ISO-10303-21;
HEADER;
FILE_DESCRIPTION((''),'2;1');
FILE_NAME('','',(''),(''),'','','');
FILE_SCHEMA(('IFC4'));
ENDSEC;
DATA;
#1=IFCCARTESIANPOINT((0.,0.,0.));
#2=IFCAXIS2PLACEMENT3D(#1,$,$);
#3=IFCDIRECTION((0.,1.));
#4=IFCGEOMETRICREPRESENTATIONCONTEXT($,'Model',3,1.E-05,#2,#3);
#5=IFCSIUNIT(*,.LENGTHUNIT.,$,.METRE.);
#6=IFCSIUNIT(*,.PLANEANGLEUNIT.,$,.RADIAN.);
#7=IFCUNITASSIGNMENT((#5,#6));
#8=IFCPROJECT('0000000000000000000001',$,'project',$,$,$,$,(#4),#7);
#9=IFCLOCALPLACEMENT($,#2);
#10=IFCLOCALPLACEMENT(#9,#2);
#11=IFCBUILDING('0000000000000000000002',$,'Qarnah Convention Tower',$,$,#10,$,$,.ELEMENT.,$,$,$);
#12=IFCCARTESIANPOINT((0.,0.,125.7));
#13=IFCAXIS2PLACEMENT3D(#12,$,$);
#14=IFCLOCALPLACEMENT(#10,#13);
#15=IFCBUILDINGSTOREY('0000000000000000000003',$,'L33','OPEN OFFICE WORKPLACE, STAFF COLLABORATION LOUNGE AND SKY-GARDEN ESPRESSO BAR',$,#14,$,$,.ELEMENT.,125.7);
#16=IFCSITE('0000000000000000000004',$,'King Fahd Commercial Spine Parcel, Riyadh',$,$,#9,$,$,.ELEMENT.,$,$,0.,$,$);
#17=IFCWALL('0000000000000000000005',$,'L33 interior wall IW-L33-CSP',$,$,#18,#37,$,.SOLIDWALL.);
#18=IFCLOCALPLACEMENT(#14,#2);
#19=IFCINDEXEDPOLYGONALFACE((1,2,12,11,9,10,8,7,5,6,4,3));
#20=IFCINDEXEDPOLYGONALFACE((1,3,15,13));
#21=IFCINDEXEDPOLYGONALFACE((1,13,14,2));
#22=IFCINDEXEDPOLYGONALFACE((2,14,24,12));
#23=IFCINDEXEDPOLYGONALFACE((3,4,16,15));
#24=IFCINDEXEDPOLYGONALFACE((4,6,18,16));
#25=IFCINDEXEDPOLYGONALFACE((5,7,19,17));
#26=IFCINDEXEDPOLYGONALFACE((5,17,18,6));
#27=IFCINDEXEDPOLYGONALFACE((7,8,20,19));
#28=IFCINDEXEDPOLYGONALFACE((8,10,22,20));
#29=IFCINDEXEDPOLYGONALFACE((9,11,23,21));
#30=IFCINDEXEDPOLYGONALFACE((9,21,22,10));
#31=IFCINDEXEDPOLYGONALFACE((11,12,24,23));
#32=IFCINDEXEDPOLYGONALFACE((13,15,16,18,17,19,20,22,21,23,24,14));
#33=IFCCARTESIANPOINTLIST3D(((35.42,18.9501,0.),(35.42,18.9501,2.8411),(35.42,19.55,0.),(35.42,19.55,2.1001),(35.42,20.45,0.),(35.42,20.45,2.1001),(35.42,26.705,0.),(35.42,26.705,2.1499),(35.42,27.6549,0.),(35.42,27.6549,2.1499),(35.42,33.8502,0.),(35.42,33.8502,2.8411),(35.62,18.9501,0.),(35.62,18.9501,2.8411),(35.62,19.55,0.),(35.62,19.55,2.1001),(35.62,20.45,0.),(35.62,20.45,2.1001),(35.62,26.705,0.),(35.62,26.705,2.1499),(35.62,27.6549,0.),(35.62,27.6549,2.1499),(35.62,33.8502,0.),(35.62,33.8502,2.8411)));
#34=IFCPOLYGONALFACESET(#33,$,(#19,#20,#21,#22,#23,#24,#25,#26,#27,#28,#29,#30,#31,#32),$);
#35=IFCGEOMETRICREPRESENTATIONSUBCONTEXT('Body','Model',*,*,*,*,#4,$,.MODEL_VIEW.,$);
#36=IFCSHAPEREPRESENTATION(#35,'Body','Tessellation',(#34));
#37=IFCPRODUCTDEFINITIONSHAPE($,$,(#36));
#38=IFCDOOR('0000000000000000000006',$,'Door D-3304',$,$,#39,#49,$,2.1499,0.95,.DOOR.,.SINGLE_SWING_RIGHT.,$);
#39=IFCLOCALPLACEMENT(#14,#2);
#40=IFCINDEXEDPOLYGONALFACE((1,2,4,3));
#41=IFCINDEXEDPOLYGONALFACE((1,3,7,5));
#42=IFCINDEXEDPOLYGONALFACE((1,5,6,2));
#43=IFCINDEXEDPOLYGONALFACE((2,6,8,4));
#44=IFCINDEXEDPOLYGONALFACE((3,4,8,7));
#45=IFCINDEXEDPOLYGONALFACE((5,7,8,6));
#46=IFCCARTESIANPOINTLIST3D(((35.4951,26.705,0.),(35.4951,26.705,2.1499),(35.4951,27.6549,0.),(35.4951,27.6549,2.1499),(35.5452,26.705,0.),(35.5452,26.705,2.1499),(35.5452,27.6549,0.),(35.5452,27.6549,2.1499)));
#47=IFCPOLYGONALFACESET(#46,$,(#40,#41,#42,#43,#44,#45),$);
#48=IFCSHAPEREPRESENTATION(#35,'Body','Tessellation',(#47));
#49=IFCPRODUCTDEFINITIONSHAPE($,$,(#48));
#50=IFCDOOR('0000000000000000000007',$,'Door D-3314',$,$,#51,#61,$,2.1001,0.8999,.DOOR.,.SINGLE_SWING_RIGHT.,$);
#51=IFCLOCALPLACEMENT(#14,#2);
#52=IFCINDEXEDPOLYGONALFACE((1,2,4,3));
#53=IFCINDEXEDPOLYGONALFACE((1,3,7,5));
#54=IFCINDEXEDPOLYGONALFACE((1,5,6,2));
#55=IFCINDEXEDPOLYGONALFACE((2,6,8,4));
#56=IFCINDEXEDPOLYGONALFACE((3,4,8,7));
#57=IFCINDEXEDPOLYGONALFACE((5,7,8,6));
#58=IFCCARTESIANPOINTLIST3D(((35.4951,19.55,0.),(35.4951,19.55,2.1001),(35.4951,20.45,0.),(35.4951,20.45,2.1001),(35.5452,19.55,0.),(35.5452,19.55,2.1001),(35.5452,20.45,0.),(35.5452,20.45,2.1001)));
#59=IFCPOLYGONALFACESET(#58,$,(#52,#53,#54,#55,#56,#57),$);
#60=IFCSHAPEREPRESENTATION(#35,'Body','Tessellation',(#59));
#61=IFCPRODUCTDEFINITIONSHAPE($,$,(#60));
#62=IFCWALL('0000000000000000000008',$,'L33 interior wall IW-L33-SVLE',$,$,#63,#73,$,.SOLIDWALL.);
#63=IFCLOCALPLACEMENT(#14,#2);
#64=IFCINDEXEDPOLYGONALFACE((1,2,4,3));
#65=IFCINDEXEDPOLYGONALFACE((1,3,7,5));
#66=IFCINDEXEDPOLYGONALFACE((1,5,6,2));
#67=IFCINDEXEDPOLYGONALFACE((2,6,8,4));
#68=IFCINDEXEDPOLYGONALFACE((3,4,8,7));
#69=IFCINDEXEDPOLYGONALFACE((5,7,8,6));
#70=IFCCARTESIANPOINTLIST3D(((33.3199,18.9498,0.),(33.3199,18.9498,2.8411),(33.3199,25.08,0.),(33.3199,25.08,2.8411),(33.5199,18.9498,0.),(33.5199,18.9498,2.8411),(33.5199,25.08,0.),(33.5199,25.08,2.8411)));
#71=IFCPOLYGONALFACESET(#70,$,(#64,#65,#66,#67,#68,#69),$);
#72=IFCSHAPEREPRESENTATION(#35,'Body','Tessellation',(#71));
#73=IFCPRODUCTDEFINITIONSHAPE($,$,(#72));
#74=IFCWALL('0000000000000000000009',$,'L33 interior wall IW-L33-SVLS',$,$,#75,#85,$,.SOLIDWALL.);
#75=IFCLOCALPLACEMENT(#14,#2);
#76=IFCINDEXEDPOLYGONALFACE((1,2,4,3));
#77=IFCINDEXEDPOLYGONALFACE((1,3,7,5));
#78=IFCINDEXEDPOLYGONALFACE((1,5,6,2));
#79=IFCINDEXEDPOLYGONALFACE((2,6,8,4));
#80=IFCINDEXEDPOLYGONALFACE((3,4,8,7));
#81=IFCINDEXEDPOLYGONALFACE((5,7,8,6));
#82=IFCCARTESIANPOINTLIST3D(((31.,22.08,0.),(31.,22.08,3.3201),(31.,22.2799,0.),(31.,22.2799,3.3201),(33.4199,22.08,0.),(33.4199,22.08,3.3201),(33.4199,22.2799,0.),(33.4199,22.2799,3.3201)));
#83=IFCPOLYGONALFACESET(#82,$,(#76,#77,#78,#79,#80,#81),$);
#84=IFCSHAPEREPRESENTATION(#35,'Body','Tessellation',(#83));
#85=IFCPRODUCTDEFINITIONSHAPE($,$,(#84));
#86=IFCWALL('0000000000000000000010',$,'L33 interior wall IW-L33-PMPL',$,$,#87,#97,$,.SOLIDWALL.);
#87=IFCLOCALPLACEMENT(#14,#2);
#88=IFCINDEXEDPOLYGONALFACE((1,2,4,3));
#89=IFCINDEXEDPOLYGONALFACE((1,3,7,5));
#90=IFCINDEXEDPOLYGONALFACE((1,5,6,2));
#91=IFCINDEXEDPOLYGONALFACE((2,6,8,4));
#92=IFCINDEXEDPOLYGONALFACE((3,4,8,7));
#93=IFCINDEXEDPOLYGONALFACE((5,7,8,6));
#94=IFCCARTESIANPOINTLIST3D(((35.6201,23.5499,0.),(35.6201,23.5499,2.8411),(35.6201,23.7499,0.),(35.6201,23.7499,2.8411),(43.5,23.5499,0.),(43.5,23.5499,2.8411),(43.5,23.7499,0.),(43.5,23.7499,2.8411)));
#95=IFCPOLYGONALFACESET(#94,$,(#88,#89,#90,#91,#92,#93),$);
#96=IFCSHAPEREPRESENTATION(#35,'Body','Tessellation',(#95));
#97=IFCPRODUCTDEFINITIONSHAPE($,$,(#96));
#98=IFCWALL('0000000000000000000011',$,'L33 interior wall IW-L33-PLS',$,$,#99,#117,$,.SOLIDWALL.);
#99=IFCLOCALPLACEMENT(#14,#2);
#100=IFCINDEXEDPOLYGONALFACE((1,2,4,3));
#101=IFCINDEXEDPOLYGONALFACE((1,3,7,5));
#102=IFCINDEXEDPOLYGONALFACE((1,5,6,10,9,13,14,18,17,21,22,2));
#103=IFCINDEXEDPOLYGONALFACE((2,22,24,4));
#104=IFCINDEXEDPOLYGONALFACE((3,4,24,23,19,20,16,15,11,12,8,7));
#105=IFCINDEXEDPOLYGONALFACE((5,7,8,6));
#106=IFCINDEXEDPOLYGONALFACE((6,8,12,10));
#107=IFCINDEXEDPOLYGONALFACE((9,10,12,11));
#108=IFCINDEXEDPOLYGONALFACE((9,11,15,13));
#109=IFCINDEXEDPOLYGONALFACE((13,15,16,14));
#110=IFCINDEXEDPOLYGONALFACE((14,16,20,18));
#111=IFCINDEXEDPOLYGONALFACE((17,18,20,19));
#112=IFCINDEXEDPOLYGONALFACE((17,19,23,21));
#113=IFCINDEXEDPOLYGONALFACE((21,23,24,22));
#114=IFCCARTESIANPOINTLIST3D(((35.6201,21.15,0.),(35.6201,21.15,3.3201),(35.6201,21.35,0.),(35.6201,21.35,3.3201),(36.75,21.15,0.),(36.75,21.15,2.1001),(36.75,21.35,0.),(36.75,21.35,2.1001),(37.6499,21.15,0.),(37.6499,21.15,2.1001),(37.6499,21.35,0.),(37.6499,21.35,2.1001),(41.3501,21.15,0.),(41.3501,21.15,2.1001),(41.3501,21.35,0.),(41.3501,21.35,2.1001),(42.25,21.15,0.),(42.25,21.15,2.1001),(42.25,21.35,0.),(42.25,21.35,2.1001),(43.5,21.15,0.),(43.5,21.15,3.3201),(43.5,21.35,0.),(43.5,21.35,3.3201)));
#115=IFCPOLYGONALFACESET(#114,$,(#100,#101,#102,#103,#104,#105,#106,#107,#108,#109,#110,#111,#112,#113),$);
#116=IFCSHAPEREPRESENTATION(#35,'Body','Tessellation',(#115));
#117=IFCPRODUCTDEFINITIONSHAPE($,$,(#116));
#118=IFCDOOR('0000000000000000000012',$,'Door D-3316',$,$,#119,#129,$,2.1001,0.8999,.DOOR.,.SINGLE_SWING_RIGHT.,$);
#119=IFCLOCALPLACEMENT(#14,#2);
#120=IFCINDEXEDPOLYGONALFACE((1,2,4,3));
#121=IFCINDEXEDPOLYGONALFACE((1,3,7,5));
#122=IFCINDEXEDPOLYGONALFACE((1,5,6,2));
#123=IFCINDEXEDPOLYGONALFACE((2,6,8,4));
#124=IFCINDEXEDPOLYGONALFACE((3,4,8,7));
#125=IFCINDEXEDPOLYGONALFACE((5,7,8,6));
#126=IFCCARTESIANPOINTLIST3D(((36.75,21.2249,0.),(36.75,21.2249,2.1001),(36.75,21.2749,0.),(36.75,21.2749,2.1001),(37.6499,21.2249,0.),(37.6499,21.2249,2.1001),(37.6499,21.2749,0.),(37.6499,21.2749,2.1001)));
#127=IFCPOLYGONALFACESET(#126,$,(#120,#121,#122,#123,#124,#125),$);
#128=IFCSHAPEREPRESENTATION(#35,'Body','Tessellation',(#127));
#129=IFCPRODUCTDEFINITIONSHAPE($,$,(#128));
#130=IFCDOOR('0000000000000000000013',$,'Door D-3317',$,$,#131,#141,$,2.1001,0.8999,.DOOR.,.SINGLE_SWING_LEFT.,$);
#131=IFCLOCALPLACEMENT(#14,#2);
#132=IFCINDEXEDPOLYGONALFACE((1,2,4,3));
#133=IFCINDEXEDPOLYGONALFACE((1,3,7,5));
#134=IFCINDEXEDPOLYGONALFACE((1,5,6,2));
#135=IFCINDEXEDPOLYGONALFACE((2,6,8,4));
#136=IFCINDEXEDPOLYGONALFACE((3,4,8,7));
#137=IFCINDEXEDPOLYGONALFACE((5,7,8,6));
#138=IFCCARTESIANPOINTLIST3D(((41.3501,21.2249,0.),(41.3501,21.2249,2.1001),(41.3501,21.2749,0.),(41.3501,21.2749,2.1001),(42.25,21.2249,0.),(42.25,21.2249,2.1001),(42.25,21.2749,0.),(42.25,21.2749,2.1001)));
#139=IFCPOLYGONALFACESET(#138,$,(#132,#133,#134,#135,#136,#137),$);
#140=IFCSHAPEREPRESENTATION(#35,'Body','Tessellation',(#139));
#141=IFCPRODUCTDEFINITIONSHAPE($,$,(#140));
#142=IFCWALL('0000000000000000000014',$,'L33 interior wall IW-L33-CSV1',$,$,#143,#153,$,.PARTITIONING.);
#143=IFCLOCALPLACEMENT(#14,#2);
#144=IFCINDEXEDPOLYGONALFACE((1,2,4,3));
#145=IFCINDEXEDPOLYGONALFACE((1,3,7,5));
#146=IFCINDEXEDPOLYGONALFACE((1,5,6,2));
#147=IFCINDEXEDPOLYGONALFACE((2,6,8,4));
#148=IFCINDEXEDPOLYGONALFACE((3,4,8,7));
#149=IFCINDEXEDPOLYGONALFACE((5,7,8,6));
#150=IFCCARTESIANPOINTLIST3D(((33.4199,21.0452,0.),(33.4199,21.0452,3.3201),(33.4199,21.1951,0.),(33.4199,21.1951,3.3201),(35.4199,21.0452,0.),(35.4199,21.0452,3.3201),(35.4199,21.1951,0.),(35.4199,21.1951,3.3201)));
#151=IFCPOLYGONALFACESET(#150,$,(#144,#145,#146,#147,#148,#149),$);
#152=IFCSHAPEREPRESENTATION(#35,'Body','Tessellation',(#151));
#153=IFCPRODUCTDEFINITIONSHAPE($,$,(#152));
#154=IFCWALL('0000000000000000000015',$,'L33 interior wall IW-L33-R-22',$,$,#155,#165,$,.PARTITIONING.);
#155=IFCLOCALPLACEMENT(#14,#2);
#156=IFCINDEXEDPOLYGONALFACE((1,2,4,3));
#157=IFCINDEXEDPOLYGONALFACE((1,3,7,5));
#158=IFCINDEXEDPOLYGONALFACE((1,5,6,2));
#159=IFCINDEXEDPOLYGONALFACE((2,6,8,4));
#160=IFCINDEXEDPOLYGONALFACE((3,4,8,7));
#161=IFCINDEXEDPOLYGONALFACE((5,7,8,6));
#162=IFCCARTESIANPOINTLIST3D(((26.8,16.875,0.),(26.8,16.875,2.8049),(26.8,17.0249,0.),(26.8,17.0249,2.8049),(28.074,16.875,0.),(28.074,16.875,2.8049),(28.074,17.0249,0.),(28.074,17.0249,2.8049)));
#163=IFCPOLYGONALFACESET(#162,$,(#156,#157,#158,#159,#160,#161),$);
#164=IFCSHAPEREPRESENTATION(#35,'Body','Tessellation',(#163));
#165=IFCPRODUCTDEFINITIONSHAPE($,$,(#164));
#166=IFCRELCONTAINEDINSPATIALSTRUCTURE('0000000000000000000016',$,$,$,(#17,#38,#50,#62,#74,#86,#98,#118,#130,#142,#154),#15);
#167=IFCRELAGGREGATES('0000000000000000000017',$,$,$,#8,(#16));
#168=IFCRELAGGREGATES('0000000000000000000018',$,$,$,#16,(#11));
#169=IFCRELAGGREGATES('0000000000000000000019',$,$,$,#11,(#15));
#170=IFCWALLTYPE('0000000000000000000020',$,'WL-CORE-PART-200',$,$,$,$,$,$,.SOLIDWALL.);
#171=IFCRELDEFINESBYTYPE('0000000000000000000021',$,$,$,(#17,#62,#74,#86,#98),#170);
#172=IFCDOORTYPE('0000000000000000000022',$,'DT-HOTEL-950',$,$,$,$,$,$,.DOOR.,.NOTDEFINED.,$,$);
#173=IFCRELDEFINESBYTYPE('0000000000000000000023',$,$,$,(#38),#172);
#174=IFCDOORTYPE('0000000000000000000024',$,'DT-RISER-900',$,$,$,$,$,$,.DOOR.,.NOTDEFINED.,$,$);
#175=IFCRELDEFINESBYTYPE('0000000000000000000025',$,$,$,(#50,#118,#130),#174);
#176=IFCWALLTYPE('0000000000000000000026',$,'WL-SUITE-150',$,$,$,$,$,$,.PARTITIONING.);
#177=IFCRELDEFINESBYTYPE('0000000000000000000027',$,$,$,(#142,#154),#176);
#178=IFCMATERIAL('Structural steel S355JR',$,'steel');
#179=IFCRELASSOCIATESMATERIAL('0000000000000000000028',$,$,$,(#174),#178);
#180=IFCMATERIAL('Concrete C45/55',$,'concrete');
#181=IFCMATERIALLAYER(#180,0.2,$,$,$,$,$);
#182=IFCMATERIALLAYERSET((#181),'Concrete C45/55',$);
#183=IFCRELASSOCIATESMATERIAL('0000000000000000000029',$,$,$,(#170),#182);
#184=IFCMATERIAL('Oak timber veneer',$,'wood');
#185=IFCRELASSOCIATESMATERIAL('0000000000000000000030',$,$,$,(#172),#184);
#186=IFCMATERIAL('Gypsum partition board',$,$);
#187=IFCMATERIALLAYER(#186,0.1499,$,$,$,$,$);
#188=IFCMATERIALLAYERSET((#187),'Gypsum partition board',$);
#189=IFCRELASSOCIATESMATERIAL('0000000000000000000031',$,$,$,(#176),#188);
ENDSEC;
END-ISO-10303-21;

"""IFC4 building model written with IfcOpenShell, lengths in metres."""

from ifc_helpers import new_model, si_unit, direction, frame, frame_2d, origin, place, context, subcontext, project, spatial, rectangle, extrude, material, layer, layer_set, type_object, element, fill, save


model = new_model("IFC4")

# Units and contexts
model_context = context("Model", 3, precision=1e-05, world=origin(), true_north=direction((0.0, 1.0)))
body_context = subcontext(model_context, "Body", "Model", "MODEL_VIEW")
ifc_project = project(units=[si_unit("LENGTHUNIT", "METRE"), si_unit("PLANEANGLEUNIT", "RADIAN")], contexts=[model_context])

# Site, building, storey
site_placement = place(None, origin())
site = spatial("IfcSite", under=ifc_project, at=site_placement, Name="King Fahd Commercial Spine Parcel, Riyadh", CompositionType="ELEMENT", RefElevation=0.0)
building_placement = place(site_placement, origin())
building = spatial("IfcBuilding", under=site, at=building_placement, Name="Qarnah Convention Tower", CompositionType="ELEMENT")
storey_placement = place(building_placement, frame((0.0, 0.0, 125.7)))
storey = spatial("IfcBuildingStorey", under=building, at=storey_placement, Name="L33", Description="OPEN OFFICE WORKPLACE, STAFF COLLABORATION LOUNGE AND SKY-GARDEN ESPRESSO BAR", CompositionType="ELEMENT", Elevation=125.7)

# Shared definitions
ifc_material_1 = material(Name="Structural steel S355JR", Category="steel")

# Wall, openings, doors
door_type_1 = type_object("IfcDoorType", Name="DT-RISER-900", OperationType="NOTDEFINED", PredefinedType="DOOR", material=ifc_material_1)
ifc_material_2 = material(Name="Concrete C45/55", Category="concrete")
ifc_layer_1 = layer(ifc_material_2, 0.2)
ifc_layer_set_1 = layer_set([ifc_layer_1], Name="Concrete C45/55")
wall_type_1 = type_object("IfcWallType", Name="WL-CORE-PART-200", PredefinedType="SOLIDWALL", material=ifc_layer_set_1)
wall_1_placement = place(storey_placement, frame((35.52, 18.95, 0.0), z_axis=(0.0, 0.0, 1.0), x_axis=(0.0, 1.0, 0.0)))
wall_1 = element("IfcWall", 1, at=wall_1_placement, inside=storey, type_object=wall_type_1, Name="L33 interior wall IW-L33-CSP", PredefinedType="SOLIDWALL", context=body_context, shape_type="SweptSolid", body=[
    extrude(rectangle(XDim=14.9001, YDim=0.2, at=frame_2d((7.4502, 0.0))), origin(), (0.0, 0.0, 1.0), 2.8411),
])
opening_1_placement = place(wall_1_placement, frame((7.7549, 0.0, 0.0)))
opening_1 = element("IfcOpeningElement", 2, at=opening_1_placement, cuts=wall_1, PredefinedType="OPENING", context=body_context, shape_type="SweptSolid", body=[
    extrude(rectangle(XDim=0.95, YDim=2.1499, at=frame_2d((0.4751, 1.075))), frame((0.0, 0.1099, 0.0), z_axis=(0.0, -1.0, 0.0), x_axis=(1.0, 0.0, 0.0)), (0.0, 0.0, 1.0), 0.22),
])
opening_2_placement = place(wall_1_placement, frame((0.6001, 0.0, 0.0)))
opening_2 = element("IfcOpeningElement", 3, at=opening_2_placement, cuts=wall_1, PredefinedType="OPENING", context=body_context, shape_type="SweptSolid", body=[
    extrude(rectangle(XDim=0.8999, YDim=2.1001, at=frame_2d((0.45, 1.05))), frame((0.0, 0.1099, 0.0), z_axis=(0.0, -1.0, 0.0), x_axis=(1.0, 0.0, 0.0)), (0.0, 0.0, 1.0), 0.22),
])
ifc_material_3 = material(Name="Oak timber veneer", Category="wood")
door_type_2 = type_object("IfcDoorType", Name="DT-HOTEL-950", OperationType="NOTDEFINED", PredefinedType="DOOR", material=ifc_material_3)
door_1_placement = place(opening_1_placement, origin())
door_1 = element("IfcDoor", 4, at=door_1_placement, inside=storey, type_object=door_type_2, Name="Door D-3304", OperationType="SINGLE_SWING_RIGHT", OverallHeight=2.1499, OverallWidth=0.95, PredefinedType="DOOR", context=body_context, shape_type="SweptSolid", body=[
    extrude(rectangle(XDim=0.95, YDim=2.1499, at=frame_2d((0.4751, 1.075))), frame((0.0, 0.0249, 0.0), z_axis=(0.0, -1.0, 0.0), x_axis=(1.0, 0.0, 0.0)), (0.0, 0.0, 1.0), 0.05),
])
fill(opening_1, door_1)
door_2_placement = place(opening_2_placement, origin())
door_2 = element("IfcDoor", 5, at=door_2_placement, inside=storey, type_object=door_type_1, Name="Door D-3314", OperationType="SINGLE_SWING_RIGHT", OverallHeight=2.1001, OverallWidth=0.8999, PredefinedType="DOOR", context=body_context, shape_type="SweptSolid", body=[
    extrude(rectangle(XDim=0.8999, YDim=2.1001, at=frame_2d((0.45, 1.05))), frame((0.0, 0.0249, 0.0), z_axis=(0.0, -1.0, 0.0), x_axis=(1.0, 0.0, 0.0)), (0.0, 0.0, 1.0), 0.05),
])
fill(opening_2, door_2)

# Walls
wall_2_placement = place(storey_placement, frame((33.4199, 18.95, 0.0), z_axis=(0.0, 0.0, 1.0), x_axis=(0.0, 1.0, 0.0)))
element("IfcWall", 6, at=wall_2_placement, inside=storey, type_object=wall_type_1, Name="L33 interior wall IW-L33-SVLE", PredefinedType="SOLIDWALL", context=body_context, shape_type="SweptSolid", body=[
    extrude(rectangle(XDim=6.1301, YDim=0.2, at=frame_2d((3.0649, 0.0))), origin(), (0.0, 0.0, 1.0), 2.8411),
])
wall_3_placement = place(storey_placement, frame((31.0, 22.1799, 0.0), z_axis=(0.0, 0.0, 1.0), x_axis=(1.0, 0.0, 0.0)))
element("IfcWall", 7, at=wall_3_placement, inside=storey, type_object=wall_type_1, Name="L33 interior wall IW-L33-SVLS", PredefinedType="SOLIDWALL", context=body_context, shape_type="SweptSolid", body=[
    extrude(rectangle(XDim=2.4199, YDim=0.2, at=frame_2d((1.21, 0.0))), origin(), (0.0, 0.0, 1.0), 3.3201),
])
wall_4_placement = place(storey_placement, frame((35.6201, 23.6499, 0.0), z_axis=(0.0, 0.0, 1.0), x_axis=(1.0, 0.0, 0.0)))
element("IfcWall", 8, at=wall_4_placement, inside=storey, type_object=wall_type_1, Name="L33 interior wall IW-L33-PMPL", PredefinedType="SOLIDWALL", context=body_context, shape_type="SweptSolid", body=[
    extrude(rectangle(XDim=7.8799, YDim=0.2, at=frame_2d((3.9399, 0.0))), origin(), (0.0, 0.0, 1.0), 2.8411),
])

# Wall, openings, doors
wall_5_placement = place(storey_placement, frame((35.6201, 21.25, 0.0), z_axis=(0.0, 0.0, 1.0), x_axis=(1.0, 0.0, 0.0)))
wall_5 = element("IfcWall", 9, at=wall_5_placement, inside=storey, type_object=wall_type_1, Name="L33 interior wall IW-L33-PLS", PredefinedType="SOLIDWALL", context=body_context, shape_type="SweptSolid", body=[
    extrude(rectangle(XDim=7.8799, YDim=0.2, at=frame_2d((3.9399, 0.0))), origin(), (0.0, 0.0, 1.0), 3.3201),
])
opening_3_placement = place(wall_5_placement, frame((1.1299, 0.0, 0.0)))
opening_3 = element("IfcOpeningElement", 10, at=opening_3_placement, cuts=wall_5, PredefinedType="OPENING", context=body_context, shape_type="SweptSolid", body=[
    extrude(rectangle(XDim=0.8999, YDim=2.1001, at=frame_2d((0.45, 1.05))), frame((0.0, 0.1099, 0.0), z_axis=(0.0, -1.0, 0.0), x_axis=(1.0, 0.0, 0.0)), (0.0, 0.0, 1.0), 0.22),
])
opening_4_placement = place(wall_5_placement, frame((5.73, 0.0, 0.0)))
opening_4 = element("IfcOpeningElement", 11, at=opening_4_placement, cuts=wall_5, PredefinedType="OPENING", context=body_context, shape_type="SweptSolid", body=[
    extrude(rectangle(XDim=0.8999, YDim=2.1001, at=frame_2d((0.45, 1.05))), frame((0.0, 0.1099, 0.0), z_axis=(0.0, -1.0, 0.0), x_axis=(1.0, 0.0, 0.0)), (0.0, 0.0, 1.0), 0.22),
])
door_3_placement = place(opening_3_placement, origin())
door_3 = element("IfcDoor", 12, at=door_3_placement, inside=storey, type_object=door_type_1, Name="Door D-3316", OperationType="SINGLE_SWING_RIGHT", OverallHeight=2.1001, OverallWidth=0.8999, PredefinedType="DOOR", context=body_context, shape_type="SweptSolid", body=[
    extrude(rectangle(XDim=0.8999, YDim=2.1001, at=frame_2d((0.45, 1.05))), frame((0.0, 0.0249, 0.0), z_axis=(0.0, -1.0, 0.0), x_axis=(1.0, 0.0, 0.0)), (0.0, 0.0, 1.0), 0.05),
])
fill(opening_3, door_3)
door_4_placement = place(opening_4_placement, origin())
door_4 = element("IfcDoor", 13, at=door_4_placement, inside=storey, type_object=door_type_1, Name="Door D-3317", OperationType="SINGLE_SWING_LEFT", OverallHeight=2.1001, OverallWidth=0.8999, PredefinedType="DOOR", context=body_context, shape_type="SweptSolid", body=[
    extrude(rectangle(XDim=0.8999, YDim=2.1001, at=frame_2d((0.45, 1.05))), frame((0.0, 0.0249, 0.0), z_axis=(0.0, -1.0, 0.0), x_axis=(1.0, 0.0, 0.0)), (0.0, 0.0, 1.0), 0.05),
])
fill(opening_4, door_4)

# Walls
ifc_material_4 = material(Name="Gypsum partition board")
ifc_layer_2 = layer(ifc_material_4, 0.1499)
ifc_layer_set_2 = layer_set([ifc_layer_2], Name="Gypsum partition board")
wall_type_2 = type_object("IfcWallType", Name="WL-SUITE-150", PredefinedType="PARTITIONING", material=ifc_layer_set_2)
wall_6_placement = place(storey_placement, frame((33.4199, 21.1201, 0.0), z_axis=(0.0, 0.0, 1.0), x_axis=(1.0, 0.0, 0.0)))
element("IfcWall", 14, at=wall_6_placement, inside=storey, type_object=wall_type_2, Name="L33 interior wall IW-L33-CSV1", PredefinedType="PARTITIONING", context=body_context, shape_type="SweptSolid", body=[
    extrude(rectangle(XDim=2.0, YDim=0.1499, at=frame_2d((1.0, 0.0))), origin(), (0.0, 0.0, 1.0), 3.3201),
])
wall_7_placement = place(storey_placement, frame((28.074, 16.95, 0.0), z_axis=(0.0, 0.0, 1.0), x_axis=(-1.0, 0.0, 0.0)))
element("IfcWall", 15, at=wall_7_placement, inside=storey, type_object=wall_type_2, Name="L33 interior wall IW-L33-R-22", PredefinedType="PARTITIONING", context=body_context, shape_type="SweptSolid", body=[
    extrude(rectangle(XDim=1.2739, YDim=0.1499, at=frame_2d((0.637, 0.0))), origin(), (0.0, 0.0, 1.0), 2.8049),
])

save(model, "model.ifc")
